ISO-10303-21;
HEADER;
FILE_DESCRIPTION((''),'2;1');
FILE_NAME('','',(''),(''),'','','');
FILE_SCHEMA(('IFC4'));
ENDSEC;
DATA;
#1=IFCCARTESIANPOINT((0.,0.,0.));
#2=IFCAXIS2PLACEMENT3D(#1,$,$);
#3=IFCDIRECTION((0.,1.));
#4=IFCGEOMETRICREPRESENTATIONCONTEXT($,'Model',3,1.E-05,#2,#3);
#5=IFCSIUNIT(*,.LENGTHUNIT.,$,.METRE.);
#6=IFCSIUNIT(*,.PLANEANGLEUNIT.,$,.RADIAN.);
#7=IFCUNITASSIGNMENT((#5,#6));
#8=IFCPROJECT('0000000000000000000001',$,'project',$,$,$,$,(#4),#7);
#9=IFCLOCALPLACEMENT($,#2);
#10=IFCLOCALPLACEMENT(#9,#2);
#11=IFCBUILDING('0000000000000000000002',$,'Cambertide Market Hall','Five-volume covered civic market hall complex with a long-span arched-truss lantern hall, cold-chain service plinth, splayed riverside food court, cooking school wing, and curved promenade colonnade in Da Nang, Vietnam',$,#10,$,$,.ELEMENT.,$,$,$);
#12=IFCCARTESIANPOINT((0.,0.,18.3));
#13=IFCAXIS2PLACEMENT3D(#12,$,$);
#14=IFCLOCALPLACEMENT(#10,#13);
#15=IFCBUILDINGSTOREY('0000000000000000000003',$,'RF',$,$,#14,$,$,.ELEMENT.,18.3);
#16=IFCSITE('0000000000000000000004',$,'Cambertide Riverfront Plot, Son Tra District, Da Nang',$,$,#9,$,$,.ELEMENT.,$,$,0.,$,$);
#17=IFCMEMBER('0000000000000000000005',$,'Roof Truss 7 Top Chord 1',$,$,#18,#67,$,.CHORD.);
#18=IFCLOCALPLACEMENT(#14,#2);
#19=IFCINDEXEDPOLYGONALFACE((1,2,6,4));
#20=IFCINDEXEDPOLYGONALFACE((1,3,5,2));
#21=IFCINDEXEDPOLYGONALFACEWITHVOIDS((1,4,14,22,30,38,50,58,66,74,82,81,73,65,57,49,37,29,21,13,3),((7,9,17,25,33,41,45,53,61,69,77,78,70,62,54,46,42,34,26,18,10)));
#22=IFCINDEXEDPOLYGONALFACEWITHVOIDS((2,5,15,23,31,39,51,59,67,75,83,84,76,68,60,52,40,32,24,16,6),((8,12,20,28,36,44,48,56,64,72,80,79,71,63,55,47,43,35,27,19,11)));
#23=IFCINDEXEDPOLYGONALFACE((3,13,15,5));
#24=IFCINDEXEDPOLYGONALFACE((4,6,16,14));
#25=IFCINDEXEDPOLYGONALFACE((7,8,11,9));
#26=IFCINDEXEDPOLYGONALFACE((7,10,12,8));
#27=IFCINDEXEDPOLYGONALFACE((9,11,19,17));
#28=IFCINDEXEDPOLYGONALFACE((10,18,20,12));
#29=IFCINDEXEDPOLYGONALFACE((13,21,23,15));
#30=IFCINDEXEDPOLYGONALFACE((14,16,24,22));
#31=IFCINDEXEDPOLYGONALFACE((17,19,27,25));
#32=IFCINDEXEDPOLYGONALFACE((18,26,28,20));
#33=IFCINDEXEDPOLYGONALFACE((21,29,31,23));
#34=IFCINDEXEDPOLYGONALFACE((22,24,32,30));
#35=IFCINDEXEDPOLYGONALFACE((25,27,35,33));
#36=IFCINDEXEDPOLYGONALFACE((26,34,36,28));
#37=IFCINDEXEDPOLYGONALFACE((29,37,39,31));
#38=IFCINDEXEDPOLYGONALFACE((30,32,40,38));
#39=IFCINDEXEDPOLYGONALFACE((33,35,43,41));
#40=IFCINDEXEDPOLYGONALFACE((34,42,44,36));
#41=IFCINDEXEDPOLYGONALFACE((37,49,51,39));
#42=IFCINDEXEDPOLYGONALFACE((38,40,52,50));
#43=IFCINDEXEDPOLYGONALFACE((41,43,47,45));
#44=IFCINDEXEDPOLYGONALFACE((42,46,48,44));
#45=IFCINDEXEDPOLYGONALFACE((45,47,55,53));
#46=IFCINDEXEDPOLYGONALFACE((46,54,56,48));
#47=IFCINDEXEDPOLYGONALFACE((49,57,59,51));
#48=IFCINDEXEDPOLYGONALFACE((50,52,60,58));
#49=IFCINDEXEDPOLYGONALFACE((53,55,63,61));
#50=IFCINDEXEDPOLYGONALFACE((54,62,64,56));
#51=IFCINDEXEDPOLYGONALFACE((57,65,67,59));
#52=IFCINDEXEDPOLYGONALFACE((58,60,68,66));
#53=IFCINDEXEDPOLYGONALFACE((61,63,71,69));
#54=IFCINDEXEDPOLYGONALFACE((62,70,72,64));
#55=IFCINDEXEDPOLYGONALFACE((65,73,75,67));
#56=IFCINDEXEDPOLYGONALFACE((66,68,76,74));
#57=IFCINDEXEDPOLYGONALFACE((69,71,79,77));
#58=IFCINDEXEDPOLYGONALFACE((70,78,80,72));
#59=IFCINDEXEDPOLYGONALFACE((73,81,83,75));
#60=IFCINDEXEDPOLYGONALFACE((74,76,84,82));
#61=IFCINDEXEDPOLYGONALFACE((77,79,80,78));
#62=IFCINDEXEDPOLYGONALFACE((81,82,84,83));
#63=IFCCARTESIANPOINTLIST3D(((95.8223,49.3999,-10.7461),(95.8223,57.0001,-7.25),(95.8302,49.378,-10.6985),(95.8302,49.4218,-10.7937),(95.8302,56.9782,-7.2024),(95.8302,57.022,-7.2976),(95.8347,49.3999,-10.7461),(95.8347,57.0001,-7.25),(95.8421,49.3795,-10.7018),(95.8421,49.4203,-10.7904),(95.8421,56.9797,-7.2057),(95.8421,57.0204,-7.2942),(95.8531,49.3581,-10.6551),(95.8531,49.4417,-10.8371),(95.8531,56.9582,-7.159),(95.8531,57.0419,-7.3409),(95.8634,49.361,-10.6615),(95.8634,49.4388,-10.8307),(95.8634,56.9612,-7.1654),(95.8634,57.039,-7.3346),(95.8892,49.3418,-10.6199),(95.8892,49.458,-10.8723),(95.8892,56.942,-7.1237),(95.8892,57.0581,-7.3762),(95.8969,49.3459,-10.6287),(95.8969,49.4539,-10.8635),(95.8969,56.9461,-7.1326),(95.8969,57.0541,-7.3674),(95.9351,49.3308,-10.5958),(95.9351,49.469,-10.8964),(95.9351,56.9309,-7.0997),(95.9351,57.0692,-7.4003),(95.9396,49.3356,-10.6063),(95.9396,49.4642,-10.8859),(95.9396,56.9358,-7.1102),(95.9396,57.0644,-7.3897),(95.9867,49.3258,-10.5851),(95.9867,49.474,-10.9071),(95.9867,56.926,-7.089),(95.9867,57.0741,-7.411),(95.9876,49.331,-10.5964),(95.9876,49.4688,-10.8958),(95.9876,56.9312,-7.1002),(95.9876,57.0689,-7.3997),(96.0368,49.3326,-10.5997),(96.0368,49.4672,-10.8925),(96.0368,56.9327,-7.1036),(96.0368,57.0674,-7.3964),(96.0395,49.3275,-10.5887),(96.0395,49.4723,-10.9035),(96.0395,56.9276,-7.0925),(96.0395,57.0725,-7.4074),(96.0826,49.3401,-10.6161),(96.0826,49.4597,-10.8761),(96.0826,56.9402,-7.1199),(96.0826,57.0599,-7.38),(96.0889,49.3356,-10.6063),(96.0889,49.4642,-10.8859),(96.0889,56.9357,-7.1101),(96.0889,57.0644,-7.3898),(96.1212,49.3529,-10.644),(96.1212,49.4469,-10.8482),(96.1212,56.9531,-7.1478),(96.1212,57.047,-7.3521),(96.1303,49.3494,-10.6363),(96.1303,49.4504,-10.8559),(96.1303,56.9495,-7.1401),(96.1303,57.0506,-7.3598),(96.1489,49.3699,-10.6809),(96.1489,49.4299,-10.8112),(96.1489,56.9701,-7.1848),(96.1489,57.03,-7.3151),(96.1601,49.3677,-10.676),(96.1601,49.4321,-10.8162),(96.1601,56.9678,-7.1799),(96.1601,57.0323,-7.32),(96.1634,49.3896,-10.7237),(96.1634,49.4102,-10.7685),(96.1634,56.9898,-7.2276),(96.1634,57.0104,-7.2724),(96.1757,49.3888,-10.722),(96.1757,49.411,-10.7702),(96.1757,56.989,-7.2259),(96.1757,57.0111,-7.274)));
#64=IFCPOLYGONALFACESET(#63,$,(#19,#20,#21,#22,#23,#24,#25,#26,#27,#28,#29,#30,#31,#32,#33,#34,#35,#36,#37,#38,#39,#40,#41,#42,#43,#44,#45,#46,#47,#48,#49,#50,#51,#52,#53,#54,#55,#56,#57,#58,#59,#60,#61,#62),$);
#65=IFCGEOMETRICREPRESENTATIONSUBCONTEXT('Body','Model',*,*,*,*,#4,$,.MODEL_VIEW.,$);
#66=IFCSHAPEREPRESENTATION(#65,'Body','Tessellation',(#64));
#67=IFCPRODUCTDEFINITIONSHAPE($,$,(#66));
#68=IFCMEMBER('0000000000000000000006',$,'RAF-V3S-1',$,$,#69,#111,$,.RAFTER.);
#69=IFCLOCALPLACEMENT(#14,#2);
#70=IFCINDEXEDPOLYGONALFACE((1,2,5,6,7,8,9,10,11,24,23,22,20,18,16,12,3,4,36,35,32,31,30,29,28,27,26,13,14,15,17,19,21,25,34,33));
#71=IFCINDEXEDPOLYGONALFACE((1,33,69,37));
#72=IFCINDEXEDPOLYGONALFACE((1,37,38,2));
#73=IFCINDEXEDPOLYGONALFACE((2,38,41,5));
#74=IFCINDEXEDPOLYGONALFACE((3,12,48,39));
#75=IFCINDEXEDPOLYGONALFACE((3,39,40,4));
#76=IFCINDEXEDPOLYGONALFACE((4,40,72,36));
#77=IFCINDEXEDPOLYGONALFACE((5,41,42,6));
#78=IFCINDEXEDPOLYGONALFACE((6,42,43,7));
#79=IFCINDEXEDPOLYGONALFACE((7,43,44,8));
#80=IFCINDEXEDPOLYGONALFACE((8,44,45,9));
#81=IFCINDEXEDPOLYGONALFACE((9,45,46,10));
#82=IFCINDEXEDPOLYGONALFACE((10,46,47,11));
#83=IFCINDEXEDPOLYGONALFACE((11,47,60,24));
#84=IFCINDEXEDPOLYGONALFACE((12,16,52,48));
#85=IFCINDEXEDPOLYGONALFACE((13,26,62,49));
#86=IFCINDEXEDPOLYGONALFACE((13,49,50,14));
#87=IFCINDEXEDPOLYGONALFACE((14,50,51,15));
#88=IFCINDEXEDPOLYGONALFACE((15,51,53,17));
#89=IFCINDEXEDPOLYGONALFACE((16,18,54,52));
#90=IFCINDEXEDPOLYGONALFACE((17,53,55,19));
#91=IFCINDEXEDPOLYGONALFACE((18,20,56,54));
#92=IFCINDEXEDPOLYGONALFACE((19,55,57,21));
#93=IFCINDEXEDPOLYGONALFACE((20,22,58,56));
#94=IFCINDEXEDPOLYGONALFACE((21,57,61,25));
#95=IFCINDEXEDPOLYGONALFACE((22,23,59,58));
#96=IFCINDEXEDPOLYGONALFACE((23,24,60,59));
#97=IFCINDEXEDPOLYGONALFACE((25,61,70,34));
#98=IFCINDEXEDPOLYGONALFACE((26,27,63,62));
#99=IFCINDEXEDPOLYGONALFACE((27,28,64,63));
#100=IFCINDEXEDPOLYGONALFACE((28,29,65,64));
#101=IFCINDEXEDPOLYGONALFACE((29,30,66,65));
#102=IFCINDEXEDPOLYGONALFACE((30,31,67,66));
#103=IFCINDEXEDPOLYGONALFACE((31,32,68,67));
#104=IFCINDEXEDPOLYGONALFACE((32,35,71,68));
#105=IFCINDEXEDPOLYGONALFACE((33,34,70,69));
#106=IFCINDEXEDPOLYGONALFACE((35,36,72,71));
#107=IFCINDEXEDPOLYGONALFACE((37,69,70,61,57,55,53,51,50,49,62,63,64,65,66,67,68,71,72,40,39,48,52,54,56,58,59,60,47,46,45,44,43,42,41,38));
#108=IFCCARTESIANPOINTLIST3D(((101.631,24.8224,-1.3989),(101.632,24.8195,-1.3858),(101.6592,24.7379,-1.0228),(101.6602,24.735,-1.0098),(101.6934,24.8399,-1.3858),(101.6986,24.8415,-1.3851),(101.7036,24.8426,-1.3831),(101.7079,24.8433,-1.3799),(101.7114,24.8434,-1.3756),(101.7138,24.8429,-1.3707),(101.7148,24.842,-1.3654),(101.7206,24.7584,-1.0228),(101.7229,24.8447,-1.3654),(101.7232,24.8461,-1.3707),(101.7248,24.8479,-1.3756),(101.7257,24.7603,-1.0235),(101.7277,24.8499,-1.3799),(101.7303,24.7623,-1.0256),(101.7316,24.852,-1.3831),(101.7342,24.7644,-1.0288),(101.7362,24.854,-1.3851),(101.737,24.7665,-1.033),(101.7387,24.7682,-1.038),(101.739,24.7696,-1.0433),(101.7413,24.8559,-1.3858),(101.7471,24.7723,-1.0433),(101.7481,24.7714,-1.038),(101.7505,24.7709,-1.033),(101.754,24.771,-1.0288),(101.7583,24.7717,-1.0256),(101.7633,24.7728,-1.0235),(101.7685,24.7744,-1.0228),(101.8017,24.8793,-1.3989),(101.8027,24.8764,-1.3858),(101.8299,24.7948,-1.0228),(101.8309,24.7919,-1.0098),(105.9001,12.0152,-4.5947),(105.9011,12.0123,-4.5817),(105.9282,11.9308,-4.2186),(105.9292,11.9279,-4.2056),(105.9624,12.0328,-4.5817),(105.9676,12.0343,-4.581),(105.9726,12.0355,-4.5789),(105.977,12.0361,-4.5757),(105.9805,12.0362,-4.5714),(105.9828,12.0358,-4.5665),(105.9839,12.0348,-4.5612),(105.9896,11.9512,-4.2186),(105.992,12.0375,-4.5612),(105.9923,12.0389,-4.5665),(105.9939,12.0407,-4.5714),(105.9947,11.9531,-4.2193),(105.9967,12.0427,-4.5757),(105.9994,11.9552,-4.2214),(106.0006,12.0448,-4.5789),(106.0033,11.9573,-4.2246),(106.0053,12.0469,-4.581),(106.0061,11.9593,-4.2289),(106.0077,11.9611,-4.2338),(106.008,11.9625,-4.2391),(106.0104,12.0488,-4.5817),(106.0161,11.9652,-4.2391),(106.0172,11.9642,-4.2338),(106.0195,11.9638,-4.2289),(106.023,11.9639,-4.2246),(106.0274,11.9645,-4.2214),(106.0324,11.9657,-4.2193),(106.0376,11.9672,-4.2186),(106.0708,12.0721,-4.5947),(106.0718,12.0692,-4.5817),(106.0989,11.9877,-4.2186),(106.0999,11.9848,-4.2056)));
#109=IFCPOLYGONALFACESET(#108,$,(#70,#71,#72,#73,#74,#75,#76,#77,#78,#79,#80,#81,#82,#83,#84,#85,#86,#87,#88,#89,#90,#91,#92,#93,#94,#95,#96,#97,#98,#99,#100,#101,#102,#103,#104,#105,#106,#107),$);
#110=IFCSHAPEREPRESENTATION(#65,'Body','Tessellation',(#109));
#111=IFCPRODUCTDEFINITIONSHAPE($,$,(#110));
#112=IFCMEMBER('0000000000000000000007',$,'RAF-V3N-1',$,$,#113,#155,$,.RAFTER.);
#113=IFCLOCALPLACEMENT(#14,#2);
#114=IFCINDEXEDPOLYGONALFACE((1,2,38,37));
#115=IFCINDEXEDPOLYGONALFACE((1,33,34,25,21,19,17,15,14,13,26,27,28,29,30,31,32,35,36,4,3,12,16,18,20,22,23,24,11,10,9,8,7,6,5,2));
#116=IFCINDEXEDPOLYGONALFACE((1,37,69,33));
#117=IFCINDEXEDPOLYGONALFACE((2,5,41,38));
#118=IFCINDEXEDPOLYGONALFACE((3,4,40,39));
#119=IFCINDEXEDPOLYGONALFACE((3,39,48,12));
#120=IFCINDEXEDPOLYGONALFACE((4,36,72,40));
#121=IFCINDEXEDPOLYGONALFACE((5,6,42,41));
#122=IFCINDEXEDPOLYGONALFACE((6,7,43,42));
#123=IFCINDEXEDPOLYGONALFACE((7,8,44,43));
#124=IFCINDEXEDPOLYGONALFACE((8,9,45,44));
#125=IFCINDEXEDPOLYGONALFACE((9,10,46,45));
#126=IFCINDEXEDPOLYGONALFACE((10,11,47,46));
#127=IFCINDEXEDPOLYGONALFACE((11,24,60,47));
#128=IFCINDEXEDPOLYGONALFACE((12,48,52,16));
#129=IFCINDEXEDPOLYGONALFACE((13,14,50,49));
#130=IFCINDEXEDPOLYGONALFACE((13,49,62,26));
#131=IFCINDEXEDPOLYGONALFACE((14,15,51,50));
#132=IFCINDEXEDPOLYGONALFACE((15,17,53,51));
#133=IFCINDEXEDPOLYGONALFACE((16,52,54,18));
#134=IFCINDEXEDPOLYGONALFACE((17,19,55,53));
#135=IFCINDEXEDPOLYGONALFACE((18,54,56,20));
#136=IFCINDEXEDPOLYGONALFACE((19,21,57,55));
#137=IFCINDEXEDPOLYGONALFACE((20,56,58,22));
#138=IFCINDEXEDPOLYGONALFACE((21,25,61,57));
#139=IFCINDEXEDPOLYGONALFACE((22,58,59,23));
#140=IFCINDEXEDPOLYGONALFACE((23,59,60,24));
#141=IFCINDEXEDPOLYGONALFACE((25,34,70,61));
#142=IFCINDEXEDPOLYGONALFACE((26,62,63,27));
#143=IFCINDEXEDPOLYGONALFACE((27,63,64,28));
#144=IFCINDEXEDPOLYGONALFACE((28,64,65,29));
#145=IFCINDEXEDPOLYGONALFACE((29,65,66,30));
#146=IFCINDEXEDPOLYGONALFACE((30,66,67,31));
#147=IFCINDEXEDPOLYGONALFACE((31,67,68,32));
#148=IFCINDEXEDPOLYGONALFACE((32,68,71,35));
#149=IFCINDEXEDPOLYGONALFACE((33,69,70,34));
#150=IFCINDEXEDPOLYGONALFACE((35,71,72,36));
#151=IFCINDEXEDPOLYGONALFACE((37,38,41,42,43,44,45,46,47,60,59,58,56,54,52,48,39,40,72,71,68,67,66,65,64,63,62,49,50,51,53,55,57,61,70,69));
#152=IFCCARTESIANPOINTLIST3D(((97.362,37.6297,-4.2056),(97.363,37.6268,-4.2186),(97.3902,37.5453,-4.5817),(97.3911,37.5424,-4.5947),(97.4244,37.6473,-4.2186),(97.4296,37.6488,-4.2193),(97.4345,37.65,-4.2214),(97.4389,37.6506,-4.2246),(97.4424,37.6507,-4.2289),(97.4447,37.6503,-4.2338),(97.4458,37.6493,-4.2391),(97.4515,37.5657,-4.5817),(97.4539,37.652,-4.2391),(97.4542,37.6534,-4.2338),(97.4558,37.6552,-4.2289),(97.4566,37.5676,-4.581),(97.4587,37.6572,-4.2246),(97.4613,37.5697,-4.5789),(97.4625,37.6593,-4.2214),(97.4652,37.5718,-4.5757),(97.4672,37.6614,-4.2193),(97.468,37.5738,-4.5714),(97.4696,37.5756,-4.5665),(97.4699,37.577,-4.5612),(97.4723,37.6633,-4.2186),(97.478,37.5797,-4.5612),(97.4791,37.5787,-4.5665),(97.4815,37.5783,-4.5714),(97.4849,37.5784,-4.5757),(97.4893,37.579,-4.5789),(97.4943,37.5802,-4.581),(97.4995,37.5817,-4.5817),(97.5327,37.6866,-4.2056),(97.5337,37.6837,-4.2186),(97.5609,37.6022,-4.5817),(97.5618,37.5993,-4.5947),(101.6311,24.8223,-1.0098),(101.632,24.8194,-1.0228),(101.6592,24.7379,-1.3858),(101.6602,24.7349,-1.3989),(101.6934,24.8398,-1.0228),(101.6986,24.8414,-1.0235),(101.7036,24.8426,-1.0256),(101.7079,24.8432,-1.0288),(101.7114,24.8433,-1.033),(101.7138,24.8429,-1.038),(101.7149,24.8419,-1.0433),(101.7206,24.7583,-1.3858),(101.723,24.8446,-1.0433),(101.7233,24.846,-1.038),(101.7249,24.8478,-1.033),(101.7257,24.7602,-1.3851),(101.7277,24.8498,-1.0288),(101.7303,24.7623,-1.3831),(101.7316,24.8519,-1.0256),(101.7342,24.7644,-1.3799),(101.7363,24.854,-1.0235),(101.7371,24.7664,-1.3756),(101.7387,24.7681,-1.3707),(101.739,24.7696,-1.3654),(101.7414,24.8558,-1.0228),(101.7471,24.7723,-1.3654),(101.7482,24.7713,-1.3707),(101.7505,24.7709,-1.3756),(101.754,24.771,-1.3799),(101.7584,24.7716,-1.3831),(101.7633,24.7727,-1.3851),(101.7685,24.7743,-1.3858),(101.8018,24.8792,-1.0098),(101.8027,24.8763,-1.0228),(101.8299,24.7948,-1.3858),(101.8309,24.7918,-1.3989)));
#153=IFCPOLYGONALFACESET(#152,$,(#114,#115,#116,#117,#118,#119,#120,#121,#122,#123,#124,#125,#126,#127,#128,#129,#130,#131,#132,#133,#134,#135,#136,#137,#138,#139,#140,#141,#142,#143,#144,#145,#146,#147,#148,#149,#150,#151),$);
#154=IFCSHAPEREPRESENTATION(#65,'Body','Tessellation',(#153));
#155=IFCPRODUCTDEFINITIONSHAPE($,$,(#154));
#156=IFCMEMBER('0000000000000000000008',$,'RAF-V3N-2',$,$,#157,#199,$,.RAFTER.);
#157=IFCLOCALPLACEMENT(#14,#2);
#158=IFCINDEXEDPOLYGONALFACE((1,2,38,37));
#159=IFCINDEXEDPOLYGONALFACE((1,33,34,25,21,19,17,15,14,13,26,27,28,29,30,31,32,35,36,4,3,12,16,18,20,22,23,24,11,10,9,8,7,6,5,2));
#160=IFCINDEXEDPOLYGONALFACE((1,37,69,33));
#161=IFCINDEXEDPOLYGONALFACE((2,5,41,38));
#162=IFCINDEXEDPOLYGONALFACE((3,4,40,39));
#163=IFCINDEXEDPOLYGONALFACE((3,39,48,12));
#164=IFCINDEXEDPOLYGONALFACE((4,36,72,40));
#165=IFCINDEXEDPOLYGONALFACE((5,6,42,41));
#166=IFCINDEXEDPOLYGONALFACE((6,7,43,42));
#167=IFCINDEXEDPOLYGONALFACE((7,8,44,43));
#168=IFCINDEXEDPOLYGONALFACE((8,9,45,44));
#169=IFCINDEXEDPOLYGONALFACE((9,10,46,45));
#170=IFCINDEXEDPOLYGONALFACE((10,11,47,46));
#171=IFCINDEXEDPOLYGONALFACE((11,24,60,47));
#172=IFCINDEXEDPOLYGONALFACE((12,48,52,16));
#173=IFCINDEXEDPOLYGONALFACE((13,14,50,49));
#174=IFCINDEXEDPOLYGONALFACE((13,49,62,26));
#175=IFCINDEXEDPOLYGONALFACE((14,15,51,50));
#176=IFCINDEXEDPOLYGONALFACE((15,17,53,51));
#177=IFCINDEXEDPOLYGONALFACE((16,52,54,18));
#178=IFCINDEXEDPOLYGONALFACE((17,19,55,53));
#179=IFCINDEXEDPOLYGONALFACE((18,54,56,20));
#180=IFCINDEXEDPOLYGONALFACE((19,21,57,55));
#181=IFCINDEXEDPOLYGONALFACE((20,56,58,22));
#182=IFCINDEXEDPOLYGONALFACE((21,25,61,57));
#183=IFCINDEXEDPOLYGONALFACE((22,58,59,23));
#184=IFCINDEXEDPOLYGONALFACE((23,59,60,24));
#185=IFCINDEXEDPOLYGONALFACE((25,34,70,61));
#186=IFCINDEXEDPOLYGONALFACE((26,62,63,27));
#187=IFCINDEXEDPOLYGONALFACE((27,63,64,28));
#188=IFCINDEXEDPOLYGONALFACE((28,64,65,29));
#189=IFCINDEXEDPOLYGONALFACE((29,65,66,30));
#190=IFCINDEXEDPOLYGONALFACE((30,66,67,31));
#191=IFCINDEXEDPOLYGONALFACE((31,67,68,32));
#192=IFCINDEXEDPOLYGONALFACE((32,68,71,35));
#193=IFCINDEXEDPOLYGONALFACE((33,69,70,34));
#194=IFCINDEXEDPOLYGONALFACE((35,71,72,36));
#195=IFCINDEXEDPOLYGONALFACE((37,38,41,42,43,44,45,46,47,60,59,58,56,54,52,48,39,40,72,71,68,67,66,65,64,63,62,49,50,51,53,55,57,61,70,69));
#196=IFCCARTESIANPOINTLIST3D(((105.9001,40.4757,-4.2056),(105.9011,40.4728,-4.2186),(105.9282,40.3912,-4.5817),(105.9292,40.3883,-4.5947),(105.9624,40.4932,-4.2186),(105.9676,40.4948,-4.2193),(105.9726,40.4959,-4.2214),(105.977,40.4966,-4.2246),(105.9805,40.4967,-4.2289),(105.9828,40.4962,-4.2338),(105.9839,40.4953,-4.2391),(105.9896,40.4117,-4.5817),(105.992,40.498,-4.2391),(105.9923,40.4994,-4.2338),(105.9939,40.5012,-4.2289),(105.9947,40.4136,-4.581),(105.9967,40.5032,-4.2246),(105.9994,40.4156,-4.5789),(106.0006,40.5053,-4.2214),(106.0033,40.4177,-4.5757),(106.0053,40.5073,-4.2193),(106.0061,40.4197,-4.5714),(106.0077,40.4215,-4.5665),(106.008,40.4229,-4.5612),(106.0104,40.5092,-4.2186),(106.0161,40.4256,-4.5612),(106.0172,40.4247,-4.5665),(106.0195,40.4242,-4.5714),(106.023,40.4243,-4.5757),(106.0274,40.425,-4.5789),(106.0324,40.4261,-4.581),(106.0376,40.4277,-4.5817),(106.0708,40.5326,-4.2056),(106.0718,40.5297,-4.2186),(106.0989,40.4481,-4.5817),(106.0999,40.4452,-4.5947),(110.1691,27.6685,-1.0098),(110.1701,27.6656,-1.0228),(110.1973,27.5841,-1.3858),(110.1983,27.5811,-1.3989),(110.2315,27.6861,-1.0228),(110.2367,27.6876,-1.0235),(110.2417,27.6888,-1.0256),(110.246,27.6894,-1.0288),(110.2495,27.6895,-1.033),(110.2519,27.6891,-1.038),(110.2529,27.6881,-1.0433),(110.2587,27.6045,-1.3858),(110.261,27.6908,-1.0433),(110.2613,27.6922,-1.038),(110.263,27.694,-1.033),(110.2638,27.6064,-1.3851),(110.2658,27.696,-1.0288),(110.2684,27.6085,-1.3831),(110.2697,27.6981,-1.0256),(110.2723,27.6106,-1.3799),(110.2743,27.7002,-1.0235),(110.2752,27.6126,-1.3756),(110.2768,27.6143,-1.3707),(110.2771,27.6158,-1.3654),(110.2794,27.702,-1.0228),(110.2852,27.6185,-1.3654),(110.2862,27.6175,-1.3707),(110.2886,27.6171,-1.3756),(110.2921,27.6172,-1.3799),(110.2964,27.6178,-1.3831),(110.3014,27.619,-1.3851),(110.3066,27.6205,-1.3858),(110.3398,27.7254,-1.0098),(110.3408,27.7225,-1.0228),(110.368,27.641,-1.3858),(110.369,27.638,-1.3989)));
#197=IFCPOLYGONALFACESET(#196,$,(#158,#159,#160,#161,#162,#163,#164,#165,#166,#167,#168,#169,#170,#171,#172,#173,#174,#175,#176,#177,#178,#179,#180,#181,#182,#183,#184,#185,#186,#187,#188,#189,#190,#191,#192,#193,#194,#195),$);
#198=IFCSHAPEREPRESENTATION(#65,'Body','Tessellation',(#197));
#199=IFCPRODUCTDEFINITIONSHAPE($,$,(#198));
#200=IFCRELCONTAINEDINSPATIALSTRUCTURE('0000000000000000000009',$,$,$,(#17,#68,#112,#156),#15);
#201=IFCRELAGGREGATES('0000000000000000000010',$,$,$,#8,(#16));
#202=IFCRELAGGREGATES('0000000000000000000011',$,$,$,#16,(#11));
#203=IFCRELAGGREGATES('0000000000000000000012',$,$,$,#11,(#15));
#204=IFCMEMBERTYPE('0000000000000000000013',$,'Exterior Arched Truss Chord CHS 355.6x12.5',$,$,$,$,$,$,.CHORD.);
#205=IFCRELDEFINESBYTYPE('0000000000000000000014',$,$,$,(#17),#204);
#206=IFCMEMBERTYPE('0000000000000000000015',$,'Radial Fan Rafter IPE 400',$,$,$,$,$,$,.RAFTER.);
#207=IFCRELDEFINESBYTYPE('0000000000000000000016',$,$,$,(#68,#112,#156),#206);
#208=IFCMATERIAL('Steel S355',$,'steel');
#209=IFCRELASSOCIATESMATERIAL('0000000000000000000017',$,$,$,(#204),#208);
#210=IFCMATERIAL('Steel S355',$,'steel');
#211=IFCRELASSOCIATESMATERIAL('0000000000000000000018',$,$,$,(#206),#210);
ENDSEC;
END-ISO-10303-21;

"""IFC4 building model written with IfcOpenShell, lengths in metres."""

from ifc_helpers import new_model, si_unit, direction, frame, origin, origin_2d, place, context, subcontext, project, spatial, hollow_circle, i_section, extrude, material, material_profile, profile_set, type_object, element, save


model = new_model("IFC4")

# Units and contexts
model_context = context("Model", 3, precision=1e-05, world=origin(), true_north=direction((0.0, 1.0)))
body_context = subcontext(model_context, "Body", "Model", "MODEL_VIEW")
ifc_project = project(units=[si_unit("LENGTHUNIT", "METRE"), si_unit("PLANEANGLEUNIT", "RADIAN")], contexts=[model_context])

# Site, building, storey
site_placement = place(None, origin())
site = spatial("IfcSite", under=ifc_project, at=site_placement, Name="Cambertide Riverfront Plot, Son Tra District, Da Nang", CompositionType="ELEMENT", RefElevation=0.0)
building_placement = place(site_placement, origin())
building = spatial("IfcBuilding", under=site, at=building_placement, Name="Cambertide Market Hall", Description="Five-volume covered civic market hall complex with a long-span arched-truss lantern hall, cold-chain service plinth, splayed riverside food court, cooking school wing, and curved promenade colonnade in Da Nang, Vietnam", CompositionType="ELEMENT")
storey_placement = place(building_placement, frame((0.0, 0.0, 18.3)))
storey = spatial("IfcBuildingStorey", under=building, at=storey_placement, Name="RF", CompositionType="ELEMENT", Elevation=18.3)

# Members
ifc_material_1 = material(Name="Steel S355", Category="steel")
ifc_material_profile_1 = material_profile(ifc_material_1, hollow_circle(Radius=0.1777, WallThickness=0.0125, at=origin_2d()), Name="CHS 355.6x12.5")
ifc_profile_set_1 = profile_set([ifc_material_profile_1], Name="Steel S355")
member_type_1 = type_object("IfcMemberType", Name="Exterior Arched Truss Chord CHS 355.6x12.5", PredefinedType="CHORD", material=ifc_profile_set_1)
member_1_placement = place(storey_placement, frame((96.0, 49.3999, -10.7461), z_axis=(0.0, 0.908488, 0.41791), x_axis=(-1.0, 0.0, 0.0)))
element("IfcMember", 1, at=member_1_placement, inside=storey, type_object=member_type_1, Name="Roof Truss 7 Top Chord 1", PredefinedType="CHORD", context=body_context, shape_type="SweptSolid", body=[
    extrude(hollow_circle(Radius=0.1777, WallThickness=0.0125, at=origin_2d()), origin(), (0.0, 0.0, 1.0), 8.3657),
])
ifc_material_2 = material(Name="Steel S355", Category="steel")
ifc_material_profile_2 = material_profile(ifc_material_2, i_section(OverallWidth=0.1799, OverallDepth=0.3999, WebThickness=0.0085, FlangeThickness=0.0134, FilletRadius=0.021, at=origin_2d()), Name="IPE 400")
ifc_profile_set_2 = profile_set([ifc_material_profile_2], Name="Steel S355")
member_type_2 = type_object("IfcMemberType", Name="Radial Fan Rafter IPE 400", PredefinedType="RAFTER", material=ifc_profile_set_2)
member_2_placement = place(storey_placement, frame((106.0, 12.0, -4.4001), z_axis=(-0.307723, 0.923169, 0.230361), x_axis=(-0.948683, -0.316228, 0.0)))
element("IfcMember", 2, at=member_2_placement, inside=storey, type_object=member_type_2, Name="RAF-V3S-1", PredefinedType="RAFTER", context=body_context, shape_type="SweptSolid", body=[
    extrude(i_section(OverallWidth=0.1799, OverallDepth=0.3999, WebThickness=0.0085, FlangeThickness=0.0134, FilletRadius=0.021, at=origin_2d()), origin(), (0.0, 0.0, 1.0), 13.873),
])
member_3_placement = place(storey_placement, frame((97.4619, 37.6145, -4.4001), z_axis=(0.307718, -0.923171, 0.230357), x_axis=(0.948685, 0.316222, 0.0)))
element("IfcMember", 3, at=member_3_placement, inside=storey, type_object=member_type_2, Name="RAF-V3N-1", PredefinedType="RAFTER", context=body_context, shape_type="SweptSolid", body=[
    extrude(i_section(OverallWidth=0.1799, OverallDepth=0.3999, WebThickness=0.0085, FlangeThickness=0.0134, FilletRadius=0.021, at=origin_2d()), origin(), (0.0, 0.0, 1.0), 13.8733),
])
member_4_placement = place(storey_placement, frame((106.0, 40.4604, -4.4001), z_axis=(0.307723, -0.923169, 0.230361), x_axis=(0.948683, 0.316228, 0.0)))
element("IfcMember", 4, at=member_4_placement, inside=storey, type_object=member_type_2, Name="RAF-V3N-2", PredefinedType="RAFTER", context=body_context, shape_type="SweptSolid", body=[
    extrude(i_section(OverallWidth=0.1799, OverallDepth=0.3999, WebThickness=0.0085, FlangeThickness=0.0134, FilletRadius=0.021, at=origin_2d()), origin(), (0.0, 0.0, 1.0), 13.873),
])

save(model, "model.ifc")
